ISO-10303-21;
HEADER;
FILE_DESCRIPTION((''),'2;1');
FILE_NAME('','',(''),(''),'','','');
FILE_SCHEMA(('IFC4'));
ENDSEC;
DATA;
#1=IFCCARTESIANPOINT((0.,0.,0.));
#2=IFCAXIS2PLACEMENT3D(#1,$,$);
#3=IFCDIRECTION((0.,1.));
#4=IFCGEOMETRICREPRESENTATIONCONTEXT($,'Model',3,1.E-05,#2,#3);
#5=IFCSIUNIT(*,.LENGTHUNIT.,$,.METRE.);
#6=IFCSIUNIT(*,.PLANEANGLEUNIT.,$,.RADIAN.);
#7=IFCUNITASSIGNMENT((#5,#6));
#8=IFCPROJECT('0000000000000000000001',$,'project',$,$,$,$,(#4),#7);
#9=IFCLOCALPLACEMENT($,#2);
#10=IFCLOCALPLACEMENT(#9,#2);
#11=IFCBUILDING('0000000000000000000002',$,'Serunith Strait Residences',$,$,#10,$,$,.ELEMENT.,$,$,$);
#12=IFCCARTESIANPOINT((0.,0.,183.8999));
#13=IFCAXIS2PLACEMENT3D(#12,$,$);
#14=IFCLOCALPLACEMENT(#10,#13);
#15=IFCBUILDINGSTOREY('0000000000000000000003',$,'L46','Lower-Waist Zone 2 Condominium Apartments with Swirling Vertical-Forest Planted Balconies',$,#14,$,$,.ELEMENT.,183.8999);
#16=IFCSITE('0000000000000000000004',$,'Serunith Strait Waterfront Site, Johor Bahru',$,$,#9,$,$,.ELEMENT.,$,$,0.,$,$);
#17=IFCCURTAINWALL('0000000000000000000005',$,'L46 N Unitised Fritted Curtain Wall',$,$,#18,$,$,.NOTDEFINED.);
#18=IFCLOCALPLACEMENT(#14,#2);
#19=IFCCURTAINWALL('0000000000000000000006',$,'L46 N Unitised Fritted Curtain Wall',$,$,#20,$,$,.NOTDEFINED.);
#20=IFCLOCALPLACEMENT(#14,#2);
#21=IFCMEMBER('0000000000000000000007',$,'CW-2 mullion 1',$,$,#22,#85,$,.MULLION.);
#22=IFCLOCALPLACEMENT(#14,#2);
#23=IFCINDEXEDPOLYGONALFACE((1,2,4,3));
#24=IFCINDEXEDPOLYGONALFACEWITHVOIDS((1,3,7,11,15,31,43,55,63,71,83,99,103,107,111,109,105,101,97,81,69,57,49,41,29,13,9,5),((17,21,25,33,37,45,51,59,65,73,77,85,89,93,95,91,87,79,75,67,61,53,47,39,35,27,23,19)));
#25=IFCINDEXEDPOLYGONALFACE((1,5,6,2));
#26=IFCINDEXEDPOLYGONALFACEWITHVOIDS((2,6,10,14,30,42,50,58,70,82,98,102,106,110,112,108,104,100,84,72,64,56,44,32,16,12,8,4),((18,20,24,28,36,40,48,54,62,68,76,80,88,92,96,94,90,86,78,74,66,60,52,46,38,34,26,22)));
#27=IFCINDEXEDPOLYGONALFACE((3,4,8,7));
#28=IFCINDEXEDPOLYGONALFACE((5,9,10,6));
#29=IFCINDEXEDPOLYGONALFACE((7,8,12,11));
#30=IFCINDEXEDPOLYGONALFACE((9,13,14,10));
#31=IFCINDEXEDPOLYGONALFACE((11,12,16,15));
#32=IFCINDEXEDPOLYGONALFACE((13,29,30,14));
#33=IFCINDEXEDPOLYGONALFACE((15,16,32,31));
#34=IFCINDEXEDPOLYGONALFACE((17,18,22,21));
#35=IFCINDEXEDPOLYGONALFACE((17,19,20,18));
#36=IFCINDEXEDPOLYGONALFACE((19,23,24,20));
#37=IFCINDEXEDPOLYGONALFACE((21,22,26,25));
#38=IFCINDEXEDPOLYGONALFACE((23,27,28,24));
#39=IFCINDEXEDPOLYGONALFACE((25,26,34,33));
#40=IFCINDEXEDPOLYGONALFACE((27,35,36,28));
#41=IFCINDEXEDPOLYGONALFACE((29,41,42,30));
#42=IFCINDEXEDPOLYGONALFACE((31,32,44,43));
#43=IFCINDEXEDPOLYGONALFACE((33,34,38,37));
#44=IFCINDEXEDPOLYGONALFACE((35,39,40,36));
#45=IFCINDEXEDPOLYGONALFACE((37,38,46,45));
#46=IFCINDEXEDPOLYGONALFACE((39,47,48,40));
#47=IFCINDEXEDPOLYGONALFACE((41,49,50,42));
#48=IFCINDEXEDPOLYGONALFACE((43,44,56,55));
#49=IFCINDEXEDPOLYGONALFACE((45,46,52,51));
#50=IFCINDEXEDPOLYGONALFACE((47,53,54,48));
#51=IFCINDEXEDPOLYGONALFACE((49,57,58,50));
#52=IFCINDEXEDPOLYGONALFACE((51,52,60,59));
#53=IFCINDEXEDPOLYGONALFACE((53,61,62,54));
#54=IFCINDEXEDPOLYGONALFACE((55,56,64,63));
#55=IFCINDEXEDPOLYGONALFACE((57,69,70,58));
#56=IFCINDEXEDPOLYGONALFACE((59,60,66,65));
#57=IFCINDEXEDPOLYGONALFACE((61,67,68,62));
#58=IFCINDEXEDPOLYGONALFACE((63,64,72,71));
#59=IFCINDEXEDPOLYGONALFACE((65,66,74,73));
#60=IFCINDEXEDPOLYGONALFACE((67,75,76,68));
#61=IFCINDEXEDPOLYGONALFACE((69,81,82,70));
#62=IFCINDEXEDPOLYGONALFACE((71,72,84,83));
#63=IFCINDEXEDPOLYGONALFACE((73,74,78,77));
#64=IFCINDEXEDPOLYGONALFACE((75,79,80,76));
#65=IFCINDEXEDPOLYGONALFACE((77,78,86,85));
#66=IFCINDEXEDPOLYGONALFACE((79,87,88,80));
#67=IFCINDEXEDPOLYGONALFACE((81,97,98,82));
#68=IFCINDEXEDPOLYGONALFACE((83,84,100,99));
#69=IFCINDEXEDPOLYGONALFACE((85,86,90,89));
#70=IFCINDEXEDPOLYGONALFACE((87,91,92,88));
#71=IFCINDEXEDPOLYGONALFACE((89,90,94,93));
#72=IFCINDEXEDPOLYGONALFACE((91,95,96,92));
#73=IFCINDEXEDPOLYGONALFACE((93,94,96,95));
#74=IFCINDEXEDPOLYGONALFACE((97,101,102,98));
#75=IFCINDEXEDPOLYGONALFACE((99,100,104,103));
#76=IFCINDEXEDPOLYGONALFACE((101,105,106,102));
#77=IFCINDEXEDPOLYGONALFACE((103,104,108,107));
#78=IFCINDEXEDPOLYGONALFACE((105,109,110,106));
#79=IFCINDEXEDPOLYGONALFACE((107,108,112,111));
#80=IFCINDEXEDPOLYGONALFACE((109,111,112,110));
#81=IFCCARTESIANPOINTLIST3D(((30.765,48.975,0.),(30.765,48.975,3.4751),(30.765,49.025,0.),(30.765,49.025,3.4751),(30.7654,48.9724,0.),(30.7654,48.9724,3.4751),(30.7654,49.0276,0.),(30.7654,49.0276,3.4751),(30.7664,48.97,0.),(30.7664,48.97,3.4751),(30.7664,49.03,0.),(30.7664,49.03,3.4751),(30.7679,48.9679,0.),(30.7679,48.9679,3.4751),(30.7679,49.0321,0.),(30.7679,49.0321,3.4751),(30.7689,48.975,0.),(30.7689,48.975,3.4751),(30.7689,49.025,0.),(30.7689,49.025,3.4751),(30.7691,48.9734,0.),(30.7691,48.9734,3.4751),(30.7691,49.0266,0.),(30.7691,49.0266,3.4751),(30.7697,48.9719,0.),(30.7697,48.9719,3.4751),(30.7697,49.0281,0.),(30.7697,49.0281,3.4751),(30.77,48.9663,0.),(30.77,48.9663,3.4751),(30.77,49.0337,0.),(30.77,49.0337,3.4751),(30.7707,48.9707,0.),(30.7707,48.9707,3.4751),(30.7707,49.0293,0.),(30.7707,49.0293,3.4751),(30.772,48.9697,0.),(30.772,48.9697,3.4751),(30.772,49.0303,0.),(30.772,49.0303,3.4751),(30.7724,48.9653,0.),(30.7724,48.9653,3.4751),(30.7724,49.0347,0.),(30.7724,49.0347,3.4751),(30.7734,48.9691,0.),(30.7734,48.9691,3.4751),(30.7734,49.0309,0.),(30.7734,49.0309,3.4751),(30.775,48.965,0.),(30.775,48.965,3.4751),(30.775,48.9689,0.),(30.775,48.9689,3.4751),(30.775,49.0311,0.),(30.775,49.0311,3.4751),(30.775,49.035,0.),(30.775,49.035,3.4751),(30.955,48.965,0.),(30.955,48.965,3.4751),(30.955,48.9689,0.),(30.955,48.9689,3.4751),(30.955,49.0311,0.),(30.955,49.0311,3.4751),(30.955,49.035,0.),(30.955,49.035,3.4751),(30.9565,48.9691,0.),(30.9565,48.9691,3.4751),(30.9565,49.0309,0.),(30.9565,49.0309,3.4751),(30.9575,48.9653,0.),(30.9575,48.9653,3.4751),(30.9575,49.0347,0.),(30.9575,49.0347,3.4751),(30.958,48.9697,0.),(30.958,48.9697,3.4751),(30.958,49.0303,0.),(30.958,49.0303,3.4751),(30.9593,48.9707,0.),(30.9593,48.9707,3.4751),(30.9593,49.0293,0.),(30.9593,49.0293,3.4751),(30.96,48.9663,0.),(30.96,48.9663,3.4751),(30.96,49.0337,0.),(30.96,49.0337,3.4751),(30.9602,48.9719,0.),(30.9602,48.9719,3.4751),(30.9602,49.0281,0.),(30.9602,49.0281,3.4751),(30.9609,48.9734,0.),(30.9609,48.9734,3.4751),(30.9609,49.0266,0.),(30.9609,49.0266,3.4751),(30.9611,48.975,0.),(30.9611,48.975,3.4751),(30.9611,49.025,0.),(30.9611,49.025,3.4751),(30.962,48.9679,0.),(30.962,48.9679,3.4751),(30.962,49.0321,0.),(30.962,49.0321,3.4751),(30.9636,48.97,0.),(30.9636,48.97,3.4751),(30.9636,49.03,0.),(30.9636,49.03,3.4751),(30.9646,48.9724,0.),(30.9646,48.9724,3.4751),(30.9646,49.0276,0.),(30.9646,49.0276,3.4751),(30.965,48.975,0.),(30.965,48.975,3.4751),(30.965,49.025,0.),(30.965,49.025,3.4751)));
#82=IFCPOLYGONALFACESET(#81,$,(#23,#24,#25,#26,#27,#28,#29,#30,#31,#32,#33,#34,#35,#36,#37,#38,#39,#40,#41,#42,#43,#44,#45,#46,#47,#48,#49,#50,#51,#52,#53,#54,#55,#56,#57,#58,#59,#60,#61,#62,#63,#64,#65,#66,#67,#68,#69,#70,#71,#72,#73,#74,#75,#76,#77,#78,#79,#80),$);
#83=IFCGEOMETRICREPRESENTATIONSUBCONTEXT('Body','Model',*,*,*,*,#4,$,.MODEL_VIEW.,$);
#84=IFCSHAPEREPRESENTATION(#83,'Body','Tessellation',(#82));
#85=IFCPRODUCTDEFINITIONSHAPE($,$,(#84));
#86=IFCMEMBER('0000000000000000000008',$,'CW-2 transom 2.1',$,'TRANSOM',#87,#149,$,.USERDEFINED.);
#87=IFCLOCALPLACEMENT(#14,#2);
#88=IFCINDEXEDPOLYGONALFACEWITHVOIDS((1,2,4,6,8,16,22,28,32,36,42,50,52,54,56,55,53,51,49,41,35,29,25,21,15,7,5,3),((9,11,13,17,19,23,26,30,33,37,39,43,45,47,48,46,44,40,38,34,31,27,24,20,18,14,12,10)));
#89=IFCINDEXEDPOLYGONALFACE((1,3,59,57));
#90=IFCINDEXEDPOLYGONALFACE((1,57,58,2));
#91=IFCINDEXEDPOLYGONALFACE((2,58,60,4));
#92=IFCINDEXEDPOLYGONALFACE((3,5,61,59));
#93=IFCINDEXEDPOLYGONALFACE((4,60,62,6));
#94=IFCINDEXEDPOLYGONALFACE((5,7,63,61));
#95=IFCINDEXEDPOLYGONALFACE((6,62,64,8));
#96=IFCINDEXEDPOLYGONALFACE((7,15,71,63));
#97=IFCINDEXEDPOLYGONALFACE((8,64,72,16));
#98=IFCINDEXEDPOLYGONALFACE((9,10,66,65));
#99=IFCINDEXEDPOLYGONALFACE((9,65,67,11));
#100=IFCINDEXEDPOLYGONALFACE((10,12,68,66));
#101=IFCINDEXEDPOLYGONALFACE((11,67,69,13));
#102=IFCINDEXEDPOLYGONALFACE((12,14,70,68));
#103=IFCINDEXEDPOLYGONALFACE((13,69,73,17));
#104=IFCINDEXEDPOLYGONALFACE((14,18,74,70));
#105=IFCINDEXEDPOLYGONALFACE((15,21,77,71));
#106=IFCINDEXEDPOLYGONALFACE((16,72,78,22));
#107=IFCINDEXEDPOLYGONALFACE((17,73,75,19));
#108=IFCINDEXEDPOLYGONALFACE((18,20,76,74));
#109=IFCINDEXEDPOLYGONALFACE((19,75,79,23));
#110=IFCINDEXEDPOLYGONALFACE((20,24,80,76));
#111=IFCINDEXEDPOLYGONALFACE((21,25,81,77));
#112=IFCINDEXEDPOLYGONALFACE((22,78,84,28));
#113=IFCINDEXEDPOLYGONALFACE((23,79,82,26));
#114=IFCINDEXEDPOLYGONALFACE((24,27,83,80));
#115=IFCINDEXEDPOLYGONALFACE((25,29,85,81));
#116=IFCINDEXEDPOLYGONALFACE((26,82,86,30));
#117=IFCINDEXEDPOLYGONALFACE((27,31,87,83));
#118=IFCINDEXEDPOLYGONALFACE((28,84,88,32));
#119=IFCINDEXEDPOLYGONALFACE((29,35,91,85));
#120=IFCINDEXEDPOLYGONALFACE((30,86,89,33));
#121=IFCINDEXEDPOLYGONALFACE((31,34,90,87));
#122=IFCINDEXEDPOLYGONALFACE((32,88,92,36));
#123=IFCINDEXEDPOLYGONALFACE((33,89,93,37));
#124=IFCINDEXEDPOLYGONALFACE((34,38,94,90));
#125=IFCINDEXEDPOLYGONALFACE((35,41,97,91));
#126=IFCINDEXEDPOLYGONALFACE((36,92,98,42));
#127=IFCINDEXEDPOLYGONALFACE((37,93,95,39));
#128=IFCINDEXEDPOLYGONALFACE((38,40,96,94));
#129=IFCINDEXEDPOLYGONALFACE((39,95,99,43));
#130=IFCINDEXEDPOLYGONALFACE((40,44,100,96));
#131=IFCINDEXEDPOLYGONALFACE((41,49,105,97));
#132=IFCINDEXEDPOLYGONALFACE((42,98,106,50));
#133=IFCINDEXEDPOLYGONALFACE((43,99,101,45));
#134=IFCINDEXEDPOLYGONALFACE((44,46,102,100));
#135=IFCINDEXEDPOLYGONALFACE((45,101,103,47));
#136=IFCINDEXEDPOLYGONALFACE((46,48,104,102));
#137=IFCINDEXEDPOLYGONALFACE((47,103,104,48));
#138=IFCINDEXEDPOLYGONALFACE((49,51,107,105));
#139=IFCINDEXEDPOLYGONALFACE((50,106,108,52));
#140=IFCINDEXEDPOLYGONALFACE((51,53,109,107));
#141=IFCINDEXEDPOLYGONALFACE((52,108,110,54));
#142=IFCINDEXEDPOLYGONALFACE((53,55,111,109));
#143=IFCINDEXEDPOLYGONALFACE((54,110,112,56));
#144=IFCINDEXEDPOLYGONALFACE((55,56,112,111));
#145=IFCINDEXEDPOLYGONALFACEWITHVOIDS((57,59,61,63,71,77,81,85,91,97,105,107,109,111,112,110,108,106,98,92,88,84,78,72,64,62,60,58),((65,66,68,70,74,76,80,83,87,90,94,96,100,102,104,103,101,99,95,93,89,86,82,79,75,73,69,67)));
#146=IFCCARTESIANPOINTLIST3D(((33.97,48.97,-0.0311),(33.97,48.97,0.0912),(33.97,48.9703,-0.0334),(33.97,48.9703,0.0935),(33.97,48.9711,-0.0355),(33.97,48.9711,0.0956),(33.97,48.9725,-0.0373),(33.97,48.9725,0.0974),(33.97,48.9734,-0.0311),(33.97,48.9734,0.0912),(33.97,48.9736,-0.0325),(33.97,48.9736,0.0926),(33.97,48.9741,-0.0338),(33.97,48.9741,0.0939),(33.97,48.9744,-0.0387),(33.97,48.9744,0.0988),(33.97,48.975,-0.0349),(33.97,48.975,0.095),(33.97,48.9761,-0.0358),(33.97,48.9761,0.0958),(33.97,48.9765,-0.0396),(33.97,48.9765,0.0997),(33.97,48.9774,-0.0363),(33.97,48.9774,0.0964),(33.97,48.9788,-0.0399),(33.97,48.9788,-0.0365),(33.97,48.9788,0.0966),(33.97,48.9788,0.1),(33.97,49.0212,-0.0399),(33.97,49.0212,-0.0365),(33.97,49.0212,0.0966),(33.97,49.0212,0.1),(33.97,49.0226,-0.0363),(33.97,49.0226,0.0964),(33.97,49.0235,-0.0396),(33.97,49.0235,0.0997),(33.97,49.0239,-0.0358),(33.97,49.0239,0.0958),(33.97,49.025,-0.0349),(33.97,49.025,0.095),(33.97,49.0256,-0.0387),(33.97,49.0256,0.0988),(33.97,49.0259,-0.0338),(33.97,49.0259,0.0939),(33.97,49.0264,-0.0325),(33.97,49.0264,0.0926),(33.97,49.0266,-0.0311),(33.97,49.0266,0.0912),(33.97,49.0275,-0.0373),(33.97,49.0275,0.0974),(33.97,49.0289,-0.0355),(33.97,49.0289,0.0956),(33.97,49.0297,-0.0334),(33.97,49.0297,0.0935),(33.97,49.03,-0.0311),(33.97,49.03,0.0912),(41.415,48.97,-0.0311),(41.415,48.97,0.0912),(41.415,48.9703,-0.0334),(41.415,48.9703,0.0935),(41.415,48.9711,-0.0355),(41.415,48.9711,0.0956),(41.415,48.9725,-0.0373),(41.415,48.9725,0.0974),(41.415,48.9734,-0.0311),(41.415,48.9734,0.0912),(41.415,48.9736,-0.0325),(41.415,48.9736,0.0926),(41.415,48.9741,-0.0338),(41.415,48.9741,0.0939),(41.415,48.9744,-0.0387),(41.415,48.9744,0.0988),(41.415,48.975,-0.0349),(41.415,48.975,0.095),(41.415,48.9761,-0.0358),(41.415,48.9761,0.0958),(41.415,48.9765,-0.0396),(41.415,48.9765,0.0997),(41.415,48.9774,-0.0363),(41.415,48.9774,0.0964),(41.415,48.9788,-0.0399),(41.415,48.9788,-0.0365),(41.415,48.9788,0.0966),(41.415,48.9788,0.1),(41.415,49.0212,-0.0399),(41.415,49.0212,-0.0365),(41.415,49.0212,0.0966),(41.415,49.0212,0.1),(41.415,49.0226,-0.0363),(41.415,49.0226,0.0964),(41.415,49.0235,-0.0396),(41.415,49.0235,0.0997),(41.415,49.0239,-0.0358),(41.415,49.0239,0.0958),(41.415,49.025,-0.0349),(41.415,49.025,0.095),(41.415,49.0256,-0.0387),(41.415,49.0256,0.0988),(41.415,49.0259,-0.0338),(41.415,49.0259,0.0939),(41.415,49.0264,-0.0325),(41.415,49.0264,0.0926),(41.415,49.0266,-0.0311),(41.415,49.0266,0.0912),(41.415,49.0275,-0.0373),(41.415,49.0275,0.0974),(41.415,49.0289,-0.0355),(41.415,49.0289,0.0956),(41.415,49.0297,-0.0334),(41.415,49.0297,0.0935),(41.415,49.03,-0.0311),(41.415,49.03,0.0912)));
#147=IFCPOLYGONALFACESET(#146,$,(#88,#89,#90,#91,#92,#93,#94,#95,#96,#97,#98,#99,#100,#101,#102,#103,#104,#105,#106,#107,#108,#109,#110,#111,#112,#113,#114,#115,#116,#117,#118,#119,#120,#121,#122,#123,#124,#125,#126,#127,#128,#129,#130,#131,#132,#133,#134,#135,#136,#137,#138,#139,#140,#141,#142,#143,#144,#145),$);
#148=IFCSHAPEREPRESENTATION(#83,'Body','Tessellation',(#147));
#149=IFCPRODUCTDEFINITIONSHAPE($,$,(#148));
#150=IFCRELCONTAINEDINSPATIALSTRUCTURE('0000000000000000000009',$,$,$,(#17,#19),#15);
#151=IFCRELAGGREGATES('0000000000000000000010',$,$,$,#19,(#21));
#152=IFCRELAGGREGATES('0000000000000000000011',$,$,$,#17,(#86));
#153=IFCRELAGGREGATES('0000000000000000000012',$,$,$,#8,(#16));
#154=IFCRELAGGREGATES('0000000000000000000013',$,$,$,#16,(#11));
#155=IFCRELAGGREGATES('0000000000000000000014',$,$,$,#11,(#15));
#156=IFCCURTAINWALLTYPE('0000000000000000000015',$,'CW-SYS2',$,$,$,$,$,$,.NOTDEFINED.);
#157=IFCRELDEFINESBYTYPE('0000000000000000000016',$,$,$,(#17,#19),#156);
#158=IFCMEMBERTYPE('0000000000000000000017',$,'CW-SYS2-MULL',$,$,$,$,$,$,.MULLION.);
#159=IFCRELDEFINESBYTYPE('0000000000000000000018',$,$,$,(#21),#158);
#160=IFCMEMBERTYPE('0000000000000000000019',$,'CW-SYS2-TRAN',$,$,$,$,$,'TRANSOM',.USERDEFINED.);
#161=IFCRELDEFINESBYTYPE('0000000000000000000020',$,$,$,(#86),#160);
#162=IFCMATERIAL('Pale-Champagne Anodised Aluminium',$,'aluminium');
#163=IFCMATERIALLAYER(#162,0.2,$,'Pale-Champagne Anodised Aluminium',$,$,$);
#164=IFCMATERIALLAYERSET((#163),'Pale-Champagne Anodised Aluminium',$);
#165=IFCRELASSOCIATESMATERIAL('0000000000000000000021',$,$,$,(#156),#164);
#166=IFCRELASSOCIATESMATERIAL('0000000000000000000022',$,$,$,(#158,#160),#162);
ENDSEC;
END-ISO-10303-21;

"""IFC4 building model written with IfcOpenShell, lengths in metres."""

from ifc_helpers import new_model, si_unit, direction, frame, origin, origin_2d, place, context, subcontext, project, spatial, hollow_rectangle, extrude, source, transform, mapped, material, layer, layer_set, material_profile, profile_set, type_object, element, aggregate, save


model = new_model("IFC4")

# Units and contexts
model_context = context("Model", 3, precision=1e-05, world=origin(), true_north=direction((0.0, 1.0)))
body_context = subcontext(model_context, "Body", "Model", "MODEL_VIEW")
ifc_project = project(units=[si_unit("LENGTHUNIT", "METRE"), si_unit("PLANEANGLEUNIT", "RADIAN")], contexts=[model_context])

# Site, building, storey
site_placement = place(None, origin())
site = spatial("IfcSite", under=ifc_project, at=site_placement, Name="Serunith Strait Waterfront Site, Johor Bahru", CompositionType="ELEMENT", RefElevation=0.0)
building_placement = place(site_placement, origin())
building = spatial("IfcBuilding", under=site, at=building_placement, Name="Serunith Strait Residences", CompositionType="ELEMENT")
storey_placement = place(building_placement, frame((0.0, 0.0, 183.8999)))
storey = spatial("IfcBuildingStorey", under=building, at=storey_placement, Name="L46", Description="Lower-Waist Zone 2 Condominium Apartments with Swirling Vertical-Forest Planted Balconies", CompositionType="ELEMENT", Elevation=183.8999)

# Curtain wall
ifc_material_1 = material(Name="Pale-Champagne Anodised Aluminium", Category="aluminium")
ifc_layer_1 = layer(ifc_material_1, 0.2, Name="Pale-Champagne Anodised Aluminium")
ifc_layer_set_1 = layer_set([ifc_layer_1], Name="Pale-Champagne Anodised Aluminium")
curtain_wall_type = type_object("IfcCurtainWallType", Name="CW-SYS2", PredefinedType="NOTDEFINED", material=ifc_layer_set_1)
curtain_wall_1_placement = place(storey_placement, origin())
curtain_wall_1 = element("IfcCurtainWall", 1, at=curtain_wall_1_placement, inside=storey, type_object=curtain_wall_type, Name="L46 N Unitised Fritted Curtain Wall", PredefinedType="NOTDEFINED")
ifc_material_profile_1 = material_profile(ifc_material_1, hollow_rectangle(XDim=0.0701, YDim=0.2, WallThickness=0.0039, InnerFilletRadius=0.0061, OuterFilletRadius=0.01, at=origin_2d()), Name="ALU 200x70x4")
ifc_profile_set_1 = profile_set([ifc_material_profile_1], Name="Pale-Champagne Anodised Aluminium")
member_type_1 = type_object("IfcMemberType", Name="CW-SYS2-MULL", PredefinedType="MULLION", material=ifc_profile_set_1)
shared_shape_1 = source(origin(), body_context, "Body", "SweptSolid", [
    extrude(hollow_rectangle(XDim=0.0701, YDim=0.2, WallThickness=0.0039, InnerFilletRadius=0.0061, OuterFilletRadius=0.01, at=origin_2d()), origin(), (0.0, 0.0, 1.0), 3.4751),
])

# Curtain wall, member
curtain_wall_2_placement = place(storey_placement, origin())
curtain_wall_2 = element("IfcCurtainWall", 2, at=curtain_wall_2_placement, inside=storey, type_object=curtain_wall_type, Name="L46 N Unitised Fritted Curtain Wall", PredefinedType="NOTDEFINED")
member_1_placement = place(storey_placement, frame((30.865, 49.0, 0.0), z_axis=(0.0, 0.0, 1.0), x_axis=(0.0, -1.0, 0.0)))
member_1 = element("IfcMember", 3, at=member_1_placement, type_object=member_type_1, Name="CW-2 mullion 1", PredefinedType="MULLION", context=body_context, shape_type="MappedRepresentation", body=[
    mapped(shared_shape_1, transform((0.0, 0.0, 0.0), scale=1.0)),
])

# Member
ifc_material_profile_2 = material_profile(ifc_material_1, hollow_rectangle(XDim=0.0601, YDim=0.1399, WallThickness=0.0034, InnerFilletRadius=0.0054, OuterFilletRadius=0.0088, at=origin_2d()), Name="ALU 140x60x3.5")
ifc_profile_set_2 = profile_set([ifc_material_profile_2], Name="Pale-Champagne Anodised Aluminium")
member_type_2 = type_object("IfcMemberType", Name="CW-SYS2-TRAN", ElementType="TRANSOM", PredefinedType="USERDEFINED", material=ifc_profile_set_2)
shared_shape_2 = source(origin(), body_context, "Body", "SweptSolid", [
    extrude(hollow_rectangle(XDim=0.0601, YDim=0.1399, WallThickness=0.0034, InnerFilletRadius=0.0054, OuterFilletRadius=0.0088, at=origin_2d()), origin(), (0.0, 0.0, 1.0), 7.4451),
])
member_2_placement = place(storey_placement, frame((41.415, 49.0, 0.03), z_axis=(-1.0, 0.0, 0.0), x_axis=(0.0, -1.0, 0.0)))
member_2 = element("IfcMember", 4, at=member_2_placement, type_object=member_type_2, Name="CW-2 transom 2.1", ObjectType="TRANSOM", PredefinedType="USERDEFINED", context=body_context, shape_type="MappedRepresentation", body=[
    mapped(shared_shape_2, transform((0.0, 0.0, 0.0), scale=1.0)),
])
aggregate(curtain_wall_2, [member_1])

aggregate(curtain_wall_1, [member_2])

save(model, "model.ifc")
